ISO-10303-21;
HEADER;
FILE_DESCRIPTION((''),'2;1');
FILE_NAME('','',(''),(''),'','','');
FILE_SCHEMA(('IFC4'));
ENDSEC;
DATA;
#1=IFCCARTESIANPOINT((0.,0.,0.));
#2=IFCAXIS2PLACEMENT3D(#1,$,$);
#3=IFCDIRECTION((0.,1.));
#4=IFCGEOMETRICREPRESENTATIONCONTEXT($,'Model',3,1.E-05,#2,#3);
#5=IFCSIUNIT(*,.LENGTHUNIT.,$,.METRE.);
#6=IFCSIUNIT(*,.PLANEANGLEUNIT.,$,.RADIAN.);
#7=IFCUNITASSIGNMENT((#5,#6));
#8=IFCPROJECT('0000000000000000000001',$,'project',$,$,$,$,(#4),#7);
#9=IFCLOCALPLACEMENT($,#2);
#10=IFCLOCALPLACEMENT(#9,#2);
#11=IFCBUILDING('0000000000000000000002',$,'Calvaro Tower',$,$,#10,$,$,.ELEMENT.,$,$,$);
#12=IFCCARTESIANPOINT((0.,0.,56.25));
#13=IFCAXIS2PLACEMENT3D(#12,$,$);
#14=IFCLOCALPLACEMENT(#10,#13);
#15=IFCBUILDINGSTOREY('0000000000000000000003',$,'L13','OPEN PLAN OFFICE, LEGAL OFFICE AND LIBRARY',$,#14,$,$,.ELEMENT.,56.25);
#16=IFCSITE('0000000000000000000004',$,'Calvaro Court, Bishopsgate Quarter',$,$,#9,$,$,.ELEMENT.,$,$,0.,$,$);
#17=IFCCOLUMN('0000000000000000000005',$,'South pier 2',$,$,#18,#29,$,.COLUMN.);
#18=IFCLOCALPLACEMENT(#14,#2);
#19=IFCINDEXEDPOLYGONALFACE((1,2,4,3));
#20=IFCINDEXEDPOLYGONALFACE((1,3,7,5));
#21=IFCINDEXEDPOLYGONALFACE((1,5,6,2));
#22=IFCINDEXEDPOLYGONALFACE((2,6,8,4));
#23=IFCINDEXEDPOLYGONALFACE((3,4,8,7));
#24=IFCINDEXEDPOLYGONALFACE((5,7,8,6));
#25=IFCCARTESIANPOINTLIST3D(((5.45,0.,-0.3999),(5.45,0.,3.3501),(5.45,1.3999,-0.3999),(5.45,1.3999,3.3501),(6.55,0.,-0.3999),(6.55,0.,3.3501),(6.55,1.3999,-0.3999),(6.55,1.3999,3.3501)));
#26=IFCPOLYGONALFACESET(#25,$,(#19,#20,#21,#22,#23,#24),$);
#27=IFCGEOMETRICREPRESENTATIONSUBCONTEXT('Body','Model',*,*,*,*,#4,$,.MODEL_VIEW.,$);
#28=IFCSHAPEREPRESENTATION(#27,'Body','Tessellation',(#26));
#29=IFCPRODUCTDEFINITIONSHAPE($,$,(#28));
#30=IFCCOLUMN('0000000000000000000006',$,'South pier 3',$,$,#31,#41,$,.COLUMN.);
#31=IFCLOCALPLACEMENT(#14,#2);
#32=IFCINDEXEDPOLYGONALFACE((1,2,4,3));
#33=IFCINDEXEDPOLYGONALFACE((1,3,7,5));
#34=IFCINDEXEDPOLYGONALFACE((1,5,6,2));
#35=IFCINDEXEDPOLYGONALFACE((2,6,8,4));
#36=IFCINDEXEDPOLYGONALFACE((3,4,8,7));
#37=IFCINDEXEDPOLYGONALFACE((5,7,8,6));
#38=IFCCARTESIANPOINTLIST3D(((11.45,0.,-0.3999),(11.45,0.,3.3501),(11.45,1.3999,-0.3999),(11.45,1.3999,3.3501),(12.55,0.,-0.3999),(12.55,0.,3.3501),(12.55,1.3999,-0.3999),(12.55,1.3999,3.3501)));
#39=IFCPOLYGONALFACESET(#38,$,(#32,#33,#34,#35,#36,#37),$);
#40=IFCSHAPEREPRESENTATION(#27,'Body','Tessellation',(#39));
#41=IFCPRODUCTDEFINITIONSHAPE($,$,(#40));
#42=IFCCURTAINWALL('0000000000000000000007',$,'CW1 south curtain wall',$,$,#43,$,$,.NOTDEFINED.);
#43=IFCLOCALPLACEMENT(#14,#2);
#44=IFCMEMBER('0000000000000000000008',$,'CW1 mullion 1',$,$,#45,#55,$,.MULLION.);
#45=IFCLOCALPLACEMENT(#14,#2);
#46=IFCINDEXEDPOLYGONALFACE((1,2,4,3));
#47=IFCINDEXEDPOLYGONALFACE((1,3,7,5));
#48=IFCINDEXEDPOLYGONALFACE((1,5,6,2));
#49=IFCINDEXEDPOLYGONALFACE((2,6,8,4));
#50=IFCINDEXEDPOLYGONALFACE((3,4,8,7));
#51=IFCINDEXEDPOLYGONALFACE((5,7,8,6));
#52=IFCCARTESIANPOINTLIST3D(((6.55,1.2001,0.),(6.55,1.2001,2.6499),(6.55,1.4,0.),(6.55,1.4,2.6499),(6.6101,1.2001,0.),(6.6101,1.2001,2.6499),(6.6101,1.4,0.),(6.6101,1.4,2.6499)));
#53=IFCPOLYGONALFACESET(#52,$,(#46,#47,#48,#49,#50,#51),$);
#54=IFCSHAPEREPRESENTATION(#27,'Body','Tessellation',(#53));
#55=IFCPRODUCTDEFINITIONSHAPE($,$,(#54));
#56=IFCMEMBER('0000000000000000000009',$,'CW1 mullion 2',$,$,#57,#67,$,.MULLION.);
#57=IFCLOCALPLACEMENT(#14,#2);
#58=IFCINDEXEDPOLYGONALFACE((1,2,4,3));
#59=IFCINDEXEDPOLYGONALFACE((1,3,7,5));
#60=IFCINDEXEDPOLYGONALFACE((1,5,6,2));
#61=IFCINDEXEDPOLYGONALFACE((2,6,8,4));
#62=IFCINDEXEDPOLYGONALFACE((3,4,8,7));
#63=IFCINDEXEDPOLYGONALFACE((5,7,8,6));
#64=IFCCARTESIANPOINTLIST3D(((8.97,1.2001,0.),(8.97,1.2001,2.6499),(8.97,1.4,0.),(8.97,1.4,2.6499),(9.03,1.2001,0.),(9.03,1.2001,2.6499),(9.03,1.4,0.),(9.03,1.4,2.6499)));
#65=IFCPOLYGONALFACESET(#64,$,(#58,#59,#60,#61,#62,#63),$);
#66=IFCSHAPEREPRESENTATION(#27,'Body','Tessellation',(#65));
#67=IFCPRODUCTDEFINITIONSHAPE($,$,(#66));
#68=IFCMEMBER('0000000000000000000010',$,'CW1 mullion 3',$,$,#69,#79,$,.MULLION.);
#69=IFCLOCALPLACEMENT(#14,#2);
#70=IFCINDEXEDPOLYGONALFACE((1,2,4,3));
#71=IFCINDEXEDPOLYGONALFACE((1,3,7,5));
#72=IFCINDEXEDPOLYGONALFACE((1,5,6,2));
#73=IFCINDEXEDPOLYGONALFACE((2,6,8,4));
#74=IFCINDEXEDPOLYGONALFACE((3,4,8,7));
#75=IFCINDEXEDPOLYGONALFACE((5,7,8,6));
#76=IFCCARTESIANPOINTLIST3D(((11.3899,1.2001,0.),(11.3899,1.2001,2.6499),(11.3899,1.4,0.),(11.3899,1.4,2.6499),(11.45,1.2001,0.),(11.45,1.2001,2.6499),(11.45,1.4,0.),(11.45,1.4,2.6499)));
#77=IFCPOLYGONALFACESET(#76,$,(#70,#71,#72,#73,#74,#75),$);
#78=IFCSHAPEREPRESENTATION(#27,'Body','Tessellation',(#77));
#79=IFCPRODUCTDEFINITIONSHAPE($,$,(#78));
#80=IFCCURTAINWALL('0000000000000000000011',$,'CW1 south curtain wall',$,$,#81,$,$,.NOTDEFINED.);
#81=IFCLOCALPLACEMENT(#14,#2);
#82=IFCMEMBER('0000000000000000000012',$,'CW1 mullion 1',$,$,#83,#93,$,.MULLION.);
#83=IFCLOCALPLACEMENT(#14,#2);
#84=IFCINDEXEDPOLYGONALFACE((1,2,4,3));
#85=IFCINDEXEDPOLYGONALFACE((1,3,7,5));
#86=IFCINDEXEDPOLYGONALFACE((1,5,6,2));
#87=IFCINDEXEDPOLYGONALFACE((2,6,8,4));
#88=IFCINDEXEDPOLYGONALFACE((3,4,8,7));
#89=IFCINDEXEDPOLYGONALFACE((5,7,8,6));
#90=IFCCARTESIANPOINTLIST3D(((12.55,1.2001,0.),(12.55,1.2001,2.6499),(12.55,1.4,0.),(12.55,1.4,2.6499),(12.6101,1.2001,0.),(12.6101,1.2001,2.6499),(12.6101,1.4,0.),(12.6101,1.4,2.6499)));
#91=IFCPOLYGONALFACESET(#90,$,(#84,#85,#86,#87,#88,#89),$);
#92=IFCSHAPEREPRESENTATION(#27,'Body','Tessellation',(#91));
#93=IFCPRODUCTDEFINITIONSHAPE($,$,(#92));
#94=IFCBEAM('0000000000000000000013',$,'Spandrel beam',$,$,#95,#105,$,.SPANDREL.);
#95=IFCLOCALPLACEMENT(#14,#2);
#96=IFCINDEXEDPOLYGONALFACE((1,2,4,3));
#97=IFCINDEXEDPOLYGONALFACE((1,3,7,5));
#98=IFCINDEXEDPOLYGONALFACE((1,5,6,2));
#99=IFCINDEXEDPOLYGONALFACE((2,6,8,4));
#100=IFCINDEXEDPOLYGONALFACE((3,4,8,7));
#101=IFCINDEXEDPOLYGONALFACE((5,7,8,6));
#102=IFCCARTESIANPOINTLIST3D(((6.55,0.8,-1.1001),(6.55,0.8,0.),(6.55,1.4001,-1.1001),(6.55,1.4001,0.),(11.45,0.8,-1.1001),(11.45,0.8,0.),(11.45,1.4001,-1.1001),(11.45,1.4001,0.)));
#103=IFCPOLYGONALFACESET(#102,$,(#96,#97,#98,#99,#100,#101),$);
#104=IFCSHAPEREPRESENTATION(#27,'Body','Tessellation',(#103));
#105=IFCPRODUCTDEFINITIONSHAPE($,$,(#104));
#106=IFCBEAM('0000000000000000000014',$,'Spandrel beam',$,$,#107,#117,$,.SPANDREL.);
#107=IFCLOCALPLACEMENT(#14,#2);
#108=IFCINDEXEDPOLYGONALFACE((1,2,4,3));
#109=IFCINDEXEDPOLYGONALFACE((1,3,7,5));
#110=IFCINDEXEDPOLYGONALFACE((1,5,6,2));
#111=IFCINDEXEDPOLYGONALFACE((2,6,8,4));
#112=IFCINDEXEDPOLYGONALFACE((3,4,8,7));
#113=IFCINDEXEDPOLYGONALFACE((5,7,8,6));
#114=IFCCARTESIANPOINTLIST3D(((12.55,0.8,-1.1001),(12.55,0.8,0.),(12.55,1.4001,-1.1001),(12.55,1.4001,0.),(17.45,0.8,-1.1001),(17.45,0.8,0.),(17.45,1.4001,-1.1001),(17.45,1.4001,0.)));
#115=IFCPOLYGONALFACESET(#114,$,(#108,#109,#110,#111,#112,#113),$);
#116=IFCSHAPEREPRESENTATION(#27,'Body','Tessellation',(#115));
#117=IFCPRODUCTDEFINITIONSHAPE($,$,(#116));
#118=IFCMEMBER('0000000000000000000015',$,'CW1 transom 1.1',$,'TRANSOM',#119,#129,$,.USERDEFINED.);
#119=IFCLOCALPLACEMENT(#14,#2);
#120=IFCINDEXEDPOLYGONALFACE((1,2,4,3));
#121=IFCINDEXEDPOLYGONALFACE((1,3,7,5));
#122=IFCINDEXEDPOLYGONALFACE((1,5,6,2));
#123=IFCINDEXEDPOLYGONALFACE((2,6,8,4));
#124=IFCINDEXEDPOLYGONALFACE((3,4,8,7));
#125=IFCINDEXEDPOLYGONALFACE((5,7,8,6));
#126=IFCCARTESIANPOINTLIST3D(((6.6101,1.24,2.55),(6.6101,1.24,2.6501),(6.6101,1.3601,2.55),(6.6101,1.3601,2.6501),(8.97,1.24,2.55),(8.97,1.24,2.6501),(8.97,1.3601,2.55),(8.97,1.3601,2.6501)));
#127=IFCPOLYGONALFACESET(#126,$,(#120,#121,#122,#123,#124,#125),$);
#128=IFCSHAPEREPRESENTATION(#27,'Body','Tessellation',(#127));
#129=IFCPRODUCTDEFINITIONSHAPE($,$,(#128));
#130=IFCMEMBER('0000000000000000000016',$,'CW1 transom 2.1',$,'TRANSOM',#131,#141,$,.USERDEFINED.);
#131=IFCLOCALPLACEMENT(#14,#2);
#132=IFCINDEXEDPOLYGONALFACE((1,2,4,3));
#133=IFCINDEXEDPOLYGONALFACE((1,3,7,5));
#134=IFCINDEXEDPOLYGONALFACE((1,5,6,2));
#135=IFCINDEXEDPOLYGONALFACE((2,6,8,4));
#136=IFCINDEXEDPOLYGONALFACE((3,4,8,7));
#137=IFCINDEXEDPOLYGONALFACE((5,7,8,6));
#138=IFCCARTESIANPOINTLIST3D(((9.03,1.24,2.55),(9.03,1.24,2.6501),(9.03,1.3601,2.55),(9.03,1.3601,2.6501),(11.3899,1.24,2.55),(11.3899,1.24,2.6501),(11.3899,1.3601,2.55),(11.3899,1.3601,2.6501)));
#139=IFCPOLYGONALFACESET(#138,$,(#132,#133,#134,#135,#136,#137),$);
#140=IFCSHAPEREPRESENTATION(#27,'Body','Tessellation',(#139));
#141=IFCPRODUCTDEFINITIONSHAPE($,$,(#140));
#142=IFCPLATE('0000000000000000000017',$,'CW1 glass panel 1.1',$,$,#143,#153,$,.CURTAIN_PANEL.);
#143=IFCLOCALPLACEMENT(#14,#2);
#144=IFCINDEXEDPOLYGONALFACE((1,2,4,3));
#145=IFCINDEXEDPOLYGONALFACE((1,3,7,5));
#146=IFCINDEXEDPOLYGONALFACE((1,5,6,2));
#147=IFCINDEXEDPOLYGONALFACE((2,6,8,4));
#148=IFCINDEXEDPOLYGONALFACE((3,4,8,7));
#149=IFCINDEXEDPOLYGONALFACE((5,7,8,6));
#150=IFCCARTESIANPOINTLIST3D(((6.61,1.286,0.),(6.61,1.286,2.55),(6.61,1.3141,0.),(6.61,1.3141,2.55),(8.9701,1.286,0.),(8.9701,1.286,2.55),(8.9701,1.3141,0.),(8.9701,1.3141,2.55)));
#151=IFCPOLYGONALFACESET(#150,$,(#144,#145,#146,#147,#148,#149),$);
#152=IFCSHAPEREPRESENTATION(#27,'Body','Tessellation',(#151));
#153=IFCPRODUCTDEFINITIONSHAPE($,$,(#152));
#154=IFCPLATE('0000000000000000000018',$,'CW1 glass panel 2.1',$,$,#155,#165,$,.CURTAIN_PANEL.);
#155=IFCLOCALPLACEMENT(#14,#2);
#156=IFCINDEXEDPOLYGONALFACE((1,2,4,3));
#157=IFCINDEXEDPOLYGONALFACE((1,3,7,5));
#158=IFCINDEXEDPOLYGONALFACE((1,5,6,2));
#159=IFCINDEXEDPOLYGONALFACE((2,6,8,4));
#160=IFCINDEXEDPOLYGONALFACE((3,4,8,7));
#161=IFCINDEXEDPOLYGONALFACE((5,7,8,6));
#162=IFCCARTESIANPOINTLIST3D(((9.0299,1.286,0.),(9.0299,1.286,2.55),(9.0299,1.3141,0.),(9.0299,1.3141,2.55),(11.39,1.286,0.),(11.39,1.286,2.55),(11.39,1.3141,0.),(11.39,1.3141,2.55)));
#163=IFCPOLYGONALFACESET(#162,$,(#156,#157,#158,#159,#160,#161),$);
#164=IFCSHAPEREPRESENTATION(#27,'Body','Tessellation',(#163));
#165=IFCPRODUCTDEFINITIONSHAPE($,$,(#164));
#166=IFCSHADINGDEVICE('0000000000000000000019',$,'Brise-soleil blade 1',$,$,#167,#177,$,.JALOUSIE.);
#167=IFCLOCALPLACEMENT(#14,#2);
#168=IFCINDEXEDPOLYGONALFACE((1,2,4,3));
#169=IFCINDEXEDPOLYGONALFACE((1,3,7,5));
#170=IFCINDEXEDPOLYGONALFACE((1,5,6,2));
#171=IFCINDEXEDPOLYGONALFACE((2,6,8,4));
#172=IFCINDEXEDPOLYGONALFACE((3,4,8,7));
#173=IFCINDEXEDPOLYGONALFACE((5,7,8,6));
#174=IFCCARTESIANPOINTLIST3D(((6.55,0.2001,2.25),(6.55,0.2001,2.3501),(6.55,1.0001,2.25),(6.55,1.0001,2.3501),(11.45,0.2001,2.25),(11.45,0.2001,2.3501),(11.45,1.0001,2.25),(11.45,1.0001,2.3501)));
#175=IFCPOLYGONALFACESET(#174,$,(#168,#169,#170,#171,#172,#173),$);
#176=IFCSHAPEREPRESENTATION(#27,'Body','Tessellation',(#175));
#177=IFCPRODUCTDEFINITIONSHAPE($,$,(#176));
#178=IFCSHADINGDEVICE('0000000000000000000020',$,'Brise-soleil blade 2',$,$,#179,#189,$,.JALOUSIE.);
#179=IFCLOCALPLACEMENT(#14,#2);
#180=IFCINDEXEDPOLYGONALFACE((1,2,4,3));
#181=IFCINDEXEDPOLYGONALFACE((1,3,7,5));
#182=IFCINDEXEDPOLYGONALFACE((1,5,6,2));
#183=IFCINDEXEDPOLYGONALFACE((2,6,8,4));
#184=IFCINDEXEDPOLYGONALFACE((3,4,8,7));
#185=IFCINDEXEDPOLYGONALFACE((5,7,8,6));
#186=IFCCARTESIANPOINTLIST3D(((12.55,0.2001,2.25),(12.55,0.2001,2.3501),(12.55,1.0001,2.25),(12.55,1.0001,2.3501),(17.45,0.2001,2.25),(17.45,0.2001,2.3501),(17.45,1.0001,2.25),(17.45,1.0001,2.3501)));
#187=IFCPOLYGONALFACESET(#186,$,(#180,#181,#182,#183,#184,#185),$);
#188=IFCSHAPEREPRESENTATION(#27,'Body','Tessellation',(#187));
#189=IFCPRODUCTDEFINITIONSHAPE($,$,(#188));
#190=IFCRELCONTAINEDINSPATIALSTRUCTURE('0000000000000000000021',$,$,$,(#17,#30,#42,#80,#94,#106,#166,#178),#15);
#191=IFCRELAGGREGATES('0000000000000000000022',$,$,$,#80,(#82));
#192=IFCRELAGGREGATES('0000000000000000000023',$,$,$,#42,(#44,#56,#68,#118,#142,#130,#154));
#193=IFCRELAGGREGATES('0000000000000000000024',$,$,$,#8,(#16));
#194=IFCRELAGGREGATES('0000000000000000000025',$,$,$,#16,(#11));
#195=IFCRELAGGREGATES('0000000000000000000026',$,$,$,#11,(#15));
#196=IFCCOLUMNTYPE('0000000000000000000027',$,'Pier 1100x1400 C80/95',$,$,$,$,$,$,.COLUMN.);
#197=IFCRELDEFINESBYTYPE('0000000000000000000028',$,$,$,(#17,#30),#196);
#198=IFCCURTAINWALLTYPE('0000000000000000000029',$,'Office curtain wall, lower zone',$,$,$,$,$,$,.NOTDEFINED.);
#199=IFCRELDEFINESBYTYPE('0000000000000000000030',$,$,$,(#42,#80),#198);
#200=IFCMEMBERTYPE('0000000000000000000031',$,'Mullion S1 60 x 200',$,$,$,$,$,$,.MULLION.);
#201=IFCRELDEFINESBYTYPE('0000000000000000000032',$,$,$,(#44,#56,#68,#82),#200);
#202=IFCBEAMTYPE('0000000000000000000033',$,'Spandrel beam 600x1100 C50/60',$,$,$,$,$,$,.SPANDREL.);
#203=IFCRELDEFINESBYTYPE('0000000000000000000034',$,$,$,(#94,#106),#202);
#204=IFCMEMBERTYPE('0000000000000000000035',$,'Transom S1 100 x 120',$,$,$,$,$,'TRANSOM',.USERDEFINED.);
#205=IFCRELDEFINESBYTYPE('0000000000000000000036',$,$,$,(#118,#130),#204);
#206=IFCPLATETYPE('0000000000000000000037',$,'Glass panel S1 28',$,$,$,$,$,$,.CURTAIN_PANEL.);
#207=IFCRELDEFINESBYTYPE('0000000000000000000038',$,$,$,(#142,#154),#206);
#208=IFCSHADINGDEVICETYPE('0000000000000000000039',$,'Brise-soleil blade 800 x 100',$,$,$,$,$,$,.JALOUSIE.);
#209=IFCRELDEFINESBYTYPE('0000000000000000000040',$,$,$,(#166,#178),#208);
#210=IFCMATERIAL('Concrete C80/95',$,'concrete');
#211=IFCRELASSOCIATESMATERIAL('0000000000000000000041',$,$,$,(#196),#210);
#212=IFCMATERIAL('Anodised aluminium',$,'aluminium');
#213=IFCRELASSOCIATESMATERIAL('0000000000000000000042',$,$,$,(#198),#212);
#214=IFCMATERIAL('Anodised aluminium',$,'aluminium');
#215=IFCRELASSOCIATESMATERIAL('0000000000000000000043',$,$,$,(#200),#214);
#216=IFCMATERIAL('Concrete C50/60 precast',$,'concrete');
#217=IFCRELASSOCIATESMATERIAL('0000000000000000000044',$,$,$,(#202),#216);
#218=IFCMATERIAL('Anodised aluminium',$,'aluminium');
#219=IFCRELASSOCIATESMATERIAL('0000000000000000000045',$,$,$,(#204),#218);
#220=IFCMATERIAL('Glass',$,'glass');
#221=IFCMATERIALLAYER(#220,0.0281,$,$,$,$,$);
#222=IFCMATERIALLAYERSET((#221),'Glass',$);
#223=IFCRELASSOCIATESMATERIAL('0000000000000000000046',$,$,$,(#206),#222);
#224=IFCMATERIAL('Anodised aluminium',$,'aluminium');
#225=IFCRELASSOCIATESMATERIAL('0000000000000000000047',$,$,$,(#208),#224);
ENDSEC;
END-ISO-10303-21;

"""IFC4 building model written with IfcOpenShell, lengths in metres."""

from ifc_helpers import new_model, si_unit, direction, frame, origin, origin_2d, place, context, subcontext, project, spatial, rectangle, extrude, material, layer, layer_set, material_profile, profile_set, type_object, element, aggregate, save


model = new_model("IFC4")

# Units and contexts
model_context = context("Model", 3, precision=1e-05, world=origin(), true_north=direction((0.0, 1.0)))
body_context = subcontext(model_context, "Body", "Model", "MODEL_VIEW")
ifc_project = project(units=[si_unit("LENGTHUNIT", "METRE"), si_unit("PLANEANGLEUNIT", "RADIAN")], contexts=[model_context])

# Site, building, storey
site_placement = place(None, origin())
site = spatial("IfcSite", under=ifc_project, at=site_placement, Name="Calvaro Court, Bishopsgate Quarter", CompositionType="ELEMENT", RefElevation=0.0)
building_placement = place(site_placement, origin())
building = spatial("IfcBuilding", under=site, at=building_placement, Name="Calvaro Tower", CompositionType="ELEMENT")
storey_placement = place(building_placement, frame((0.0, 0.0, 56.25)))
storey = spatial("IfcBuildingStorey", under=building, at=storey_placement, Name="L13", Description="OPEN PLAN OFFICE, LEGAL OFFICE AND LIBRARY", CompositionType="ELEMENT", Elevation=56.25)

# Columns
ifc_material_1 = material(Name="Concrete C80/95", Category="concrete")
ifc_material_profile_1 = material_profile(ifc_material_1, rectangle(XDim=1.1001, YDim=1.3999, at=origin_2d()), Name="RC 1100x1400")
ifc_profile_set_1 = profile_set([ifc_material_profile_1], Name="Concrete C80/95")
column_type = type_object("IfcColumnType", Name="Pier 1100x1400 C80/95", PredefinedType="COLUMN", material=ifc_profile_set_1)
for number, where, z_axis, x_axis, name in (
    (1, (6.0, 0.7, -0.3999), (0.0, 0.0, 1.0), (1.0, 0.0, 0.0), "South pier 2"),
    (2, (12.0, 0.7, -0.3999), (0.0, 0.0, 1.0), (1.0, 0.0, 0.0), "South pier 3"),
):
    element("IfcColumn", number, at=place(storey_placement, frame(where, z_axis=z_axis, x_axis=x_axis)), inside=storey, type_object=column_type, Name=name, PredefinedType="COLUMN", context=body_context, shape_type="SweptSolid", body=[
        extrude(rectangle(XDim=1.1001, YDim=1.3999, at=origin_2d()), origin(), (0.0, 0.0, 1.0), 3.75),
    ])

# Curtain wall, members
ifc_material_2 = material(Name="Anodised aluminium", Category="aluminium")
curtain_wall_type = type_object("IfcCurtainWallType", Name="Office curtain wall, lower zone", PredefinedType="NOTDEFINED", material=ifc_material_2)
curtain_wall_1_placement = place(storey_placement, origin())
curtain_wall_1 = element("IfcCurtainWall", 3, at=curtain_wall_1_placement, inside=storey, type_object=curtain_wall_type, Name="CW1 south curtain wall", PredefinedType="NOTDEFINED")
ifc_material_3 = material(Name="Anodised aluminium", Category="aluminium")
ifc_material_profile_2 = material_profile(ifc_material_3, rectangle(XDim=0.2, YDim=0.0601, at=origin_2d()), Name="Mullion S1 60 x 200")
ifc_profile_set_2 = profile_set([ifc_material_profile_2], Name="Anodised aluminium")
member_type_1 = type_object("IfcMemberType", Name="Mullion S1 60 x 200", PredefinedType="MULLION", material=ifc_profile_set_2)
member_1_placement = place(storey_placement, frame((6.5801, 1.3, 0.0), z_axis=(0.0, 0.0, 1.0), x_axis=(0.0, 1.0, 0.0)))
member_1 = element("IfcMember", 4, at=member_1_placement, type_object=member_type_1, Name="CW1 mullion 1", PredefinedType="MULLION", context=body_context, shape_type="SweptSolid", body=[
    extrude(rectangle(XDim=0.2, YDim=0.0601, at=origin_2d()), origin(), (0.0, 0.0, 1.0), 2.6499),
])
member_2_placement = place(storey_placement, frame((9.0, 1.3, 0.0), z_axis=(0.0, 0.0, 1.0), x_axis=(0.0, 1.0, 0.0)))
member_2 = element("IfcMember", 5, at=member_2_placement, type_object=member_type_1, Name="CW1 mullion 2", PredefinedType="MULLION", context=body_context, shape_type="SweptSolid", body=[
    extrude(rectangle(XDim=0.2, YDim=0.0601, at=origin_2d()), origin(), (0.0, 0.0, 1.0), 2.6499),
])
member_3_placement = place(storey_placement, frame((11.4199, 1.3, 0.0), z_axis=(0.0, 0.0, 1.0), x_axis=(0.0, 1.0, 0.0)))
member_3 = element("IfcMember", 6, at=member_3_placement, type_object=member_type_1, Name="CW1 mullion 3", PredefinedType="MULLION", context=body_context, shape_type="SweptSolid", body=[
    extrude(rectangle(XDim=0.2, YDim=0.0601, at=origin_2d()), origin(), (0.0, 0.0, 1.0), 2.6499),
])

# Curtain wall, member
curtain_wall_2_placement = place(storey_placement, origin())
curtain_wall_2 = element("IfcCurtainWall", 7, at=curtain_wall_2_placement, inside=storey, type_object=curtain_wall_type, Name="CW1 south curtain wall", PredefinedType="NOTDEFINED")
member_4_placement = place(storey_placement, frame((12.5801, 1.3, 0.0), z_axis=(0.0, 0.0, 1.0), x_axis=(0.0, 1.0, 0.0)))
member_4 = element("IfcMember", 8, at=member_4_placement, type_object=member_type_1, Name="CW1 mullion 1", PredefinedType="MULLION", context=body_context, shape_type="SweptSolid", body=[
    extrude(rectangle(XDim=0.2, YDim=0.0601, at=origin_2d()), origin(), (0.0, 0.0, 1.0), 2.6499),
])
aggregate(curtain_wall_2, [member_4])

# Beams
ifc_material_4 = material(Name="Concrete C50/60 precast", Category="concrete")
ifc_material_profile_3 = material_profile(ifc_material_4, rectangle(XDim=0.6001, YDim=1.1001, at=origin_2d()), Name="RC 600x1100")
ifc_profile_set_3 = profile_set([ifc_material_profile_3], Name="Concrete C50/60 precast")
beam_type = type_object("IfcBeamType", Name="Spandrel beam 600x1100 C50/60", PredefinedType="SPANDREL", material=ifc_profile_set_3)
for number, where, z_axis, x_axis, name in (
    (9, (6.55, 1.1001, -0.55), (1.0, 0.0, 0.0), (0.0, 1.0, 0.0), "Spandrel beam"),
    (10, (12.55, 1.1001, -0.55), (1.0, 0.0, 0.0), (0.0, 1.0, 0.0), "Spandrel beam"),
):
    element("IfcBeam", number, at=place(storey_placement, frame(where, z_axis=z_axis, x_axis=x_axis)), inside=storey, type_object=beam_type, Name=name, PredefinedType="SPANDREL", context=body_context, shape_type="SweptSolid", body=[
        extrude(rectangle(XDim=0.6001, YDim=1.1001, at=origin_2d()), origin(), (0.0, 0.0, 1.0), 4.8999),
    ])

# Members
ifc_material_5 = material(Name="Anodised aluminium", Category="aluminium")
ifc_material_profile_4 = material_profile(ifc_material_5, rectangle(XDim=0.1201, YDim=0.1001, at=origin_2d()), Name="Transom S1 100 x 120")
ifc_profile_set_4 = profile_set([ifc_material_profile_4], Name="Anodised aluminium")
member_type_2 = type_object("IfcMemberType", Name="Transom S1 100 x 120", ElementType="TRANSOM", PredefinedType="USERDEFINED", material=ifc_profile_set_4)
member_5_placement = place(storey_placement, frame((6.6101, 1.3, 2.6001), z_axis=(1.0, 0.0, 0.0), x_axis=(0.0, 1.0, 0.0)))
member_5 = element("IfcMember", 11, at=member_5_placement, type_object=member_type_2, Name="CW1 transom 1.1", ObjectType="TRANSOM", PredefinedType="USERDEFINED", context=body_context, shape_type="SweptSolid", body=[
    extrude(rectangle(XDim=0.1201, YDim=0.1001, at=origin_2d()), origin(), (0.0, 0.0, 1.0), 2.3599),
])
member_6_placement = place(storey_placement, frame((9.03, 1.3, 2.6001), z_axis=(1.0, 0.0, 0.0), x_axis=(0.0, 1.0, 0.0)))
member_6 = element("IfcMember", 12, at=member_6_placement, type_object=member_type_2, Name="CW1 transom 2.1", ObjectType="TRANSOM", PredefinedType="USERDEFINED", context=body_context, shape_type="SweptSolid", body=[
    extrude(rectangle(XDim=0.1201, YDim=0.1001, at=origin_2d()), origin(), (0.0, 0.0, 1.0), 2.3599),
])

# Plates
ifc_material_6 = material(Name="Glass", Category="glass")
ifc_layer_1 = layer(ifc_material_6, 0.0281)
ifc_layer_set_1 = layer_set([ifc_layer_1], Name="Glass")
plate_type = type_object("IfcPlateType", Name="Glass panel S1 28", PredefinedType="CURTAIN_PANEL", material=ifc_layer_set_1)
plate_1_placement = place(storey_placement, frame((7.79, 1.3, 0.0), z_axis=(0.0, 0.0, 1.0), x_axis=(1.0, 0.0, 0.0)))
plate_1 = element("IfcPlate", 13, at=plate_1_placement, type_object=plate_type, Name="CW1 glass panel 1.1", PredefinedType="CURTAIN_PANEL", context=body_context, shape_type="SweptSolid", body=[
    extrude(rectangle(XDim=2.3601, YDim=0.0281, at=origin_2d()), origin(), (0.0, 0.0, 1.0), 2.55),
])
plate_2_placement = place(storey_placement, frame((10.21, 1.3, 0.0), z_axis=(0.0, 0.0, 1.0), x_axis=(1.0, 0.0, 0.0)))
plate_2 = element("IfcPlate", 14, at=plate_2_placement, type_object=plate_type, Name="CW1 glass panel 2.1", PredefinedType="CURTAIN_PANEL", context=body_context, shape_type="SweptSolid", body=[
    extrude(rectangle(XDim=2.3601, YDim=0.0281, at=origin_2d()), origin(), (0.0, 0.0, 1.0), 2.55),
])
aggregate(curtain_wall_1, [member_1, member_2, member_3, member_5, plate_1, member_6, plate_2])

# Shading devices
ifc_material_7 = material(Name="Anodised aluminium", Category="aluminium")
ifc_material_profile_5 = material_profile(ifc_material_7, rectangle(XDim=0.8, YDim=0.1001, at=origin_2d()), Name="Brise-soleil blade 800 x 100")
ifc_profile_set_5 = profile_set([ifc_material_profile_5], Name="Anodised aluminium")
shading_device_type = type_object("IfcShadingDeviceType", Name="Brise-soleil blade 800 x 100", PredefinedType="JALOUSIE", material=ifc_profile_set_5)
for number, where, z_axis, x_axis, name in (
    (15, (6.55, 0.6001, 2.3), (1.0, 0.0, 0.0), (0.0, 1.0, 0.0), "Brise-soleil blade 1"),
    (16, (12.55, 0.6001, 2.3), (1.0, 0.0, 0.0), (0.0, 1.0, 0.0), "Brise-soleil blade 2"),
):
    element("IfcShadingDevice", number, at=place(storey_placement, frame(where, z_axis=z_axis, x_axis=x_axis)), inside=storey, type_object=shading_device_type, Name=name, PredefinedType="JALOUSIE", context=body_context, shape_type="SweptSolid", body=[
        extrude(rectangle(XDim=0.8, YDim=0.1001, at=origin_2d()), origin(), (0.0, 0.0, 1.0), 4.8999),
    ])

save(model, "model.ifc")
